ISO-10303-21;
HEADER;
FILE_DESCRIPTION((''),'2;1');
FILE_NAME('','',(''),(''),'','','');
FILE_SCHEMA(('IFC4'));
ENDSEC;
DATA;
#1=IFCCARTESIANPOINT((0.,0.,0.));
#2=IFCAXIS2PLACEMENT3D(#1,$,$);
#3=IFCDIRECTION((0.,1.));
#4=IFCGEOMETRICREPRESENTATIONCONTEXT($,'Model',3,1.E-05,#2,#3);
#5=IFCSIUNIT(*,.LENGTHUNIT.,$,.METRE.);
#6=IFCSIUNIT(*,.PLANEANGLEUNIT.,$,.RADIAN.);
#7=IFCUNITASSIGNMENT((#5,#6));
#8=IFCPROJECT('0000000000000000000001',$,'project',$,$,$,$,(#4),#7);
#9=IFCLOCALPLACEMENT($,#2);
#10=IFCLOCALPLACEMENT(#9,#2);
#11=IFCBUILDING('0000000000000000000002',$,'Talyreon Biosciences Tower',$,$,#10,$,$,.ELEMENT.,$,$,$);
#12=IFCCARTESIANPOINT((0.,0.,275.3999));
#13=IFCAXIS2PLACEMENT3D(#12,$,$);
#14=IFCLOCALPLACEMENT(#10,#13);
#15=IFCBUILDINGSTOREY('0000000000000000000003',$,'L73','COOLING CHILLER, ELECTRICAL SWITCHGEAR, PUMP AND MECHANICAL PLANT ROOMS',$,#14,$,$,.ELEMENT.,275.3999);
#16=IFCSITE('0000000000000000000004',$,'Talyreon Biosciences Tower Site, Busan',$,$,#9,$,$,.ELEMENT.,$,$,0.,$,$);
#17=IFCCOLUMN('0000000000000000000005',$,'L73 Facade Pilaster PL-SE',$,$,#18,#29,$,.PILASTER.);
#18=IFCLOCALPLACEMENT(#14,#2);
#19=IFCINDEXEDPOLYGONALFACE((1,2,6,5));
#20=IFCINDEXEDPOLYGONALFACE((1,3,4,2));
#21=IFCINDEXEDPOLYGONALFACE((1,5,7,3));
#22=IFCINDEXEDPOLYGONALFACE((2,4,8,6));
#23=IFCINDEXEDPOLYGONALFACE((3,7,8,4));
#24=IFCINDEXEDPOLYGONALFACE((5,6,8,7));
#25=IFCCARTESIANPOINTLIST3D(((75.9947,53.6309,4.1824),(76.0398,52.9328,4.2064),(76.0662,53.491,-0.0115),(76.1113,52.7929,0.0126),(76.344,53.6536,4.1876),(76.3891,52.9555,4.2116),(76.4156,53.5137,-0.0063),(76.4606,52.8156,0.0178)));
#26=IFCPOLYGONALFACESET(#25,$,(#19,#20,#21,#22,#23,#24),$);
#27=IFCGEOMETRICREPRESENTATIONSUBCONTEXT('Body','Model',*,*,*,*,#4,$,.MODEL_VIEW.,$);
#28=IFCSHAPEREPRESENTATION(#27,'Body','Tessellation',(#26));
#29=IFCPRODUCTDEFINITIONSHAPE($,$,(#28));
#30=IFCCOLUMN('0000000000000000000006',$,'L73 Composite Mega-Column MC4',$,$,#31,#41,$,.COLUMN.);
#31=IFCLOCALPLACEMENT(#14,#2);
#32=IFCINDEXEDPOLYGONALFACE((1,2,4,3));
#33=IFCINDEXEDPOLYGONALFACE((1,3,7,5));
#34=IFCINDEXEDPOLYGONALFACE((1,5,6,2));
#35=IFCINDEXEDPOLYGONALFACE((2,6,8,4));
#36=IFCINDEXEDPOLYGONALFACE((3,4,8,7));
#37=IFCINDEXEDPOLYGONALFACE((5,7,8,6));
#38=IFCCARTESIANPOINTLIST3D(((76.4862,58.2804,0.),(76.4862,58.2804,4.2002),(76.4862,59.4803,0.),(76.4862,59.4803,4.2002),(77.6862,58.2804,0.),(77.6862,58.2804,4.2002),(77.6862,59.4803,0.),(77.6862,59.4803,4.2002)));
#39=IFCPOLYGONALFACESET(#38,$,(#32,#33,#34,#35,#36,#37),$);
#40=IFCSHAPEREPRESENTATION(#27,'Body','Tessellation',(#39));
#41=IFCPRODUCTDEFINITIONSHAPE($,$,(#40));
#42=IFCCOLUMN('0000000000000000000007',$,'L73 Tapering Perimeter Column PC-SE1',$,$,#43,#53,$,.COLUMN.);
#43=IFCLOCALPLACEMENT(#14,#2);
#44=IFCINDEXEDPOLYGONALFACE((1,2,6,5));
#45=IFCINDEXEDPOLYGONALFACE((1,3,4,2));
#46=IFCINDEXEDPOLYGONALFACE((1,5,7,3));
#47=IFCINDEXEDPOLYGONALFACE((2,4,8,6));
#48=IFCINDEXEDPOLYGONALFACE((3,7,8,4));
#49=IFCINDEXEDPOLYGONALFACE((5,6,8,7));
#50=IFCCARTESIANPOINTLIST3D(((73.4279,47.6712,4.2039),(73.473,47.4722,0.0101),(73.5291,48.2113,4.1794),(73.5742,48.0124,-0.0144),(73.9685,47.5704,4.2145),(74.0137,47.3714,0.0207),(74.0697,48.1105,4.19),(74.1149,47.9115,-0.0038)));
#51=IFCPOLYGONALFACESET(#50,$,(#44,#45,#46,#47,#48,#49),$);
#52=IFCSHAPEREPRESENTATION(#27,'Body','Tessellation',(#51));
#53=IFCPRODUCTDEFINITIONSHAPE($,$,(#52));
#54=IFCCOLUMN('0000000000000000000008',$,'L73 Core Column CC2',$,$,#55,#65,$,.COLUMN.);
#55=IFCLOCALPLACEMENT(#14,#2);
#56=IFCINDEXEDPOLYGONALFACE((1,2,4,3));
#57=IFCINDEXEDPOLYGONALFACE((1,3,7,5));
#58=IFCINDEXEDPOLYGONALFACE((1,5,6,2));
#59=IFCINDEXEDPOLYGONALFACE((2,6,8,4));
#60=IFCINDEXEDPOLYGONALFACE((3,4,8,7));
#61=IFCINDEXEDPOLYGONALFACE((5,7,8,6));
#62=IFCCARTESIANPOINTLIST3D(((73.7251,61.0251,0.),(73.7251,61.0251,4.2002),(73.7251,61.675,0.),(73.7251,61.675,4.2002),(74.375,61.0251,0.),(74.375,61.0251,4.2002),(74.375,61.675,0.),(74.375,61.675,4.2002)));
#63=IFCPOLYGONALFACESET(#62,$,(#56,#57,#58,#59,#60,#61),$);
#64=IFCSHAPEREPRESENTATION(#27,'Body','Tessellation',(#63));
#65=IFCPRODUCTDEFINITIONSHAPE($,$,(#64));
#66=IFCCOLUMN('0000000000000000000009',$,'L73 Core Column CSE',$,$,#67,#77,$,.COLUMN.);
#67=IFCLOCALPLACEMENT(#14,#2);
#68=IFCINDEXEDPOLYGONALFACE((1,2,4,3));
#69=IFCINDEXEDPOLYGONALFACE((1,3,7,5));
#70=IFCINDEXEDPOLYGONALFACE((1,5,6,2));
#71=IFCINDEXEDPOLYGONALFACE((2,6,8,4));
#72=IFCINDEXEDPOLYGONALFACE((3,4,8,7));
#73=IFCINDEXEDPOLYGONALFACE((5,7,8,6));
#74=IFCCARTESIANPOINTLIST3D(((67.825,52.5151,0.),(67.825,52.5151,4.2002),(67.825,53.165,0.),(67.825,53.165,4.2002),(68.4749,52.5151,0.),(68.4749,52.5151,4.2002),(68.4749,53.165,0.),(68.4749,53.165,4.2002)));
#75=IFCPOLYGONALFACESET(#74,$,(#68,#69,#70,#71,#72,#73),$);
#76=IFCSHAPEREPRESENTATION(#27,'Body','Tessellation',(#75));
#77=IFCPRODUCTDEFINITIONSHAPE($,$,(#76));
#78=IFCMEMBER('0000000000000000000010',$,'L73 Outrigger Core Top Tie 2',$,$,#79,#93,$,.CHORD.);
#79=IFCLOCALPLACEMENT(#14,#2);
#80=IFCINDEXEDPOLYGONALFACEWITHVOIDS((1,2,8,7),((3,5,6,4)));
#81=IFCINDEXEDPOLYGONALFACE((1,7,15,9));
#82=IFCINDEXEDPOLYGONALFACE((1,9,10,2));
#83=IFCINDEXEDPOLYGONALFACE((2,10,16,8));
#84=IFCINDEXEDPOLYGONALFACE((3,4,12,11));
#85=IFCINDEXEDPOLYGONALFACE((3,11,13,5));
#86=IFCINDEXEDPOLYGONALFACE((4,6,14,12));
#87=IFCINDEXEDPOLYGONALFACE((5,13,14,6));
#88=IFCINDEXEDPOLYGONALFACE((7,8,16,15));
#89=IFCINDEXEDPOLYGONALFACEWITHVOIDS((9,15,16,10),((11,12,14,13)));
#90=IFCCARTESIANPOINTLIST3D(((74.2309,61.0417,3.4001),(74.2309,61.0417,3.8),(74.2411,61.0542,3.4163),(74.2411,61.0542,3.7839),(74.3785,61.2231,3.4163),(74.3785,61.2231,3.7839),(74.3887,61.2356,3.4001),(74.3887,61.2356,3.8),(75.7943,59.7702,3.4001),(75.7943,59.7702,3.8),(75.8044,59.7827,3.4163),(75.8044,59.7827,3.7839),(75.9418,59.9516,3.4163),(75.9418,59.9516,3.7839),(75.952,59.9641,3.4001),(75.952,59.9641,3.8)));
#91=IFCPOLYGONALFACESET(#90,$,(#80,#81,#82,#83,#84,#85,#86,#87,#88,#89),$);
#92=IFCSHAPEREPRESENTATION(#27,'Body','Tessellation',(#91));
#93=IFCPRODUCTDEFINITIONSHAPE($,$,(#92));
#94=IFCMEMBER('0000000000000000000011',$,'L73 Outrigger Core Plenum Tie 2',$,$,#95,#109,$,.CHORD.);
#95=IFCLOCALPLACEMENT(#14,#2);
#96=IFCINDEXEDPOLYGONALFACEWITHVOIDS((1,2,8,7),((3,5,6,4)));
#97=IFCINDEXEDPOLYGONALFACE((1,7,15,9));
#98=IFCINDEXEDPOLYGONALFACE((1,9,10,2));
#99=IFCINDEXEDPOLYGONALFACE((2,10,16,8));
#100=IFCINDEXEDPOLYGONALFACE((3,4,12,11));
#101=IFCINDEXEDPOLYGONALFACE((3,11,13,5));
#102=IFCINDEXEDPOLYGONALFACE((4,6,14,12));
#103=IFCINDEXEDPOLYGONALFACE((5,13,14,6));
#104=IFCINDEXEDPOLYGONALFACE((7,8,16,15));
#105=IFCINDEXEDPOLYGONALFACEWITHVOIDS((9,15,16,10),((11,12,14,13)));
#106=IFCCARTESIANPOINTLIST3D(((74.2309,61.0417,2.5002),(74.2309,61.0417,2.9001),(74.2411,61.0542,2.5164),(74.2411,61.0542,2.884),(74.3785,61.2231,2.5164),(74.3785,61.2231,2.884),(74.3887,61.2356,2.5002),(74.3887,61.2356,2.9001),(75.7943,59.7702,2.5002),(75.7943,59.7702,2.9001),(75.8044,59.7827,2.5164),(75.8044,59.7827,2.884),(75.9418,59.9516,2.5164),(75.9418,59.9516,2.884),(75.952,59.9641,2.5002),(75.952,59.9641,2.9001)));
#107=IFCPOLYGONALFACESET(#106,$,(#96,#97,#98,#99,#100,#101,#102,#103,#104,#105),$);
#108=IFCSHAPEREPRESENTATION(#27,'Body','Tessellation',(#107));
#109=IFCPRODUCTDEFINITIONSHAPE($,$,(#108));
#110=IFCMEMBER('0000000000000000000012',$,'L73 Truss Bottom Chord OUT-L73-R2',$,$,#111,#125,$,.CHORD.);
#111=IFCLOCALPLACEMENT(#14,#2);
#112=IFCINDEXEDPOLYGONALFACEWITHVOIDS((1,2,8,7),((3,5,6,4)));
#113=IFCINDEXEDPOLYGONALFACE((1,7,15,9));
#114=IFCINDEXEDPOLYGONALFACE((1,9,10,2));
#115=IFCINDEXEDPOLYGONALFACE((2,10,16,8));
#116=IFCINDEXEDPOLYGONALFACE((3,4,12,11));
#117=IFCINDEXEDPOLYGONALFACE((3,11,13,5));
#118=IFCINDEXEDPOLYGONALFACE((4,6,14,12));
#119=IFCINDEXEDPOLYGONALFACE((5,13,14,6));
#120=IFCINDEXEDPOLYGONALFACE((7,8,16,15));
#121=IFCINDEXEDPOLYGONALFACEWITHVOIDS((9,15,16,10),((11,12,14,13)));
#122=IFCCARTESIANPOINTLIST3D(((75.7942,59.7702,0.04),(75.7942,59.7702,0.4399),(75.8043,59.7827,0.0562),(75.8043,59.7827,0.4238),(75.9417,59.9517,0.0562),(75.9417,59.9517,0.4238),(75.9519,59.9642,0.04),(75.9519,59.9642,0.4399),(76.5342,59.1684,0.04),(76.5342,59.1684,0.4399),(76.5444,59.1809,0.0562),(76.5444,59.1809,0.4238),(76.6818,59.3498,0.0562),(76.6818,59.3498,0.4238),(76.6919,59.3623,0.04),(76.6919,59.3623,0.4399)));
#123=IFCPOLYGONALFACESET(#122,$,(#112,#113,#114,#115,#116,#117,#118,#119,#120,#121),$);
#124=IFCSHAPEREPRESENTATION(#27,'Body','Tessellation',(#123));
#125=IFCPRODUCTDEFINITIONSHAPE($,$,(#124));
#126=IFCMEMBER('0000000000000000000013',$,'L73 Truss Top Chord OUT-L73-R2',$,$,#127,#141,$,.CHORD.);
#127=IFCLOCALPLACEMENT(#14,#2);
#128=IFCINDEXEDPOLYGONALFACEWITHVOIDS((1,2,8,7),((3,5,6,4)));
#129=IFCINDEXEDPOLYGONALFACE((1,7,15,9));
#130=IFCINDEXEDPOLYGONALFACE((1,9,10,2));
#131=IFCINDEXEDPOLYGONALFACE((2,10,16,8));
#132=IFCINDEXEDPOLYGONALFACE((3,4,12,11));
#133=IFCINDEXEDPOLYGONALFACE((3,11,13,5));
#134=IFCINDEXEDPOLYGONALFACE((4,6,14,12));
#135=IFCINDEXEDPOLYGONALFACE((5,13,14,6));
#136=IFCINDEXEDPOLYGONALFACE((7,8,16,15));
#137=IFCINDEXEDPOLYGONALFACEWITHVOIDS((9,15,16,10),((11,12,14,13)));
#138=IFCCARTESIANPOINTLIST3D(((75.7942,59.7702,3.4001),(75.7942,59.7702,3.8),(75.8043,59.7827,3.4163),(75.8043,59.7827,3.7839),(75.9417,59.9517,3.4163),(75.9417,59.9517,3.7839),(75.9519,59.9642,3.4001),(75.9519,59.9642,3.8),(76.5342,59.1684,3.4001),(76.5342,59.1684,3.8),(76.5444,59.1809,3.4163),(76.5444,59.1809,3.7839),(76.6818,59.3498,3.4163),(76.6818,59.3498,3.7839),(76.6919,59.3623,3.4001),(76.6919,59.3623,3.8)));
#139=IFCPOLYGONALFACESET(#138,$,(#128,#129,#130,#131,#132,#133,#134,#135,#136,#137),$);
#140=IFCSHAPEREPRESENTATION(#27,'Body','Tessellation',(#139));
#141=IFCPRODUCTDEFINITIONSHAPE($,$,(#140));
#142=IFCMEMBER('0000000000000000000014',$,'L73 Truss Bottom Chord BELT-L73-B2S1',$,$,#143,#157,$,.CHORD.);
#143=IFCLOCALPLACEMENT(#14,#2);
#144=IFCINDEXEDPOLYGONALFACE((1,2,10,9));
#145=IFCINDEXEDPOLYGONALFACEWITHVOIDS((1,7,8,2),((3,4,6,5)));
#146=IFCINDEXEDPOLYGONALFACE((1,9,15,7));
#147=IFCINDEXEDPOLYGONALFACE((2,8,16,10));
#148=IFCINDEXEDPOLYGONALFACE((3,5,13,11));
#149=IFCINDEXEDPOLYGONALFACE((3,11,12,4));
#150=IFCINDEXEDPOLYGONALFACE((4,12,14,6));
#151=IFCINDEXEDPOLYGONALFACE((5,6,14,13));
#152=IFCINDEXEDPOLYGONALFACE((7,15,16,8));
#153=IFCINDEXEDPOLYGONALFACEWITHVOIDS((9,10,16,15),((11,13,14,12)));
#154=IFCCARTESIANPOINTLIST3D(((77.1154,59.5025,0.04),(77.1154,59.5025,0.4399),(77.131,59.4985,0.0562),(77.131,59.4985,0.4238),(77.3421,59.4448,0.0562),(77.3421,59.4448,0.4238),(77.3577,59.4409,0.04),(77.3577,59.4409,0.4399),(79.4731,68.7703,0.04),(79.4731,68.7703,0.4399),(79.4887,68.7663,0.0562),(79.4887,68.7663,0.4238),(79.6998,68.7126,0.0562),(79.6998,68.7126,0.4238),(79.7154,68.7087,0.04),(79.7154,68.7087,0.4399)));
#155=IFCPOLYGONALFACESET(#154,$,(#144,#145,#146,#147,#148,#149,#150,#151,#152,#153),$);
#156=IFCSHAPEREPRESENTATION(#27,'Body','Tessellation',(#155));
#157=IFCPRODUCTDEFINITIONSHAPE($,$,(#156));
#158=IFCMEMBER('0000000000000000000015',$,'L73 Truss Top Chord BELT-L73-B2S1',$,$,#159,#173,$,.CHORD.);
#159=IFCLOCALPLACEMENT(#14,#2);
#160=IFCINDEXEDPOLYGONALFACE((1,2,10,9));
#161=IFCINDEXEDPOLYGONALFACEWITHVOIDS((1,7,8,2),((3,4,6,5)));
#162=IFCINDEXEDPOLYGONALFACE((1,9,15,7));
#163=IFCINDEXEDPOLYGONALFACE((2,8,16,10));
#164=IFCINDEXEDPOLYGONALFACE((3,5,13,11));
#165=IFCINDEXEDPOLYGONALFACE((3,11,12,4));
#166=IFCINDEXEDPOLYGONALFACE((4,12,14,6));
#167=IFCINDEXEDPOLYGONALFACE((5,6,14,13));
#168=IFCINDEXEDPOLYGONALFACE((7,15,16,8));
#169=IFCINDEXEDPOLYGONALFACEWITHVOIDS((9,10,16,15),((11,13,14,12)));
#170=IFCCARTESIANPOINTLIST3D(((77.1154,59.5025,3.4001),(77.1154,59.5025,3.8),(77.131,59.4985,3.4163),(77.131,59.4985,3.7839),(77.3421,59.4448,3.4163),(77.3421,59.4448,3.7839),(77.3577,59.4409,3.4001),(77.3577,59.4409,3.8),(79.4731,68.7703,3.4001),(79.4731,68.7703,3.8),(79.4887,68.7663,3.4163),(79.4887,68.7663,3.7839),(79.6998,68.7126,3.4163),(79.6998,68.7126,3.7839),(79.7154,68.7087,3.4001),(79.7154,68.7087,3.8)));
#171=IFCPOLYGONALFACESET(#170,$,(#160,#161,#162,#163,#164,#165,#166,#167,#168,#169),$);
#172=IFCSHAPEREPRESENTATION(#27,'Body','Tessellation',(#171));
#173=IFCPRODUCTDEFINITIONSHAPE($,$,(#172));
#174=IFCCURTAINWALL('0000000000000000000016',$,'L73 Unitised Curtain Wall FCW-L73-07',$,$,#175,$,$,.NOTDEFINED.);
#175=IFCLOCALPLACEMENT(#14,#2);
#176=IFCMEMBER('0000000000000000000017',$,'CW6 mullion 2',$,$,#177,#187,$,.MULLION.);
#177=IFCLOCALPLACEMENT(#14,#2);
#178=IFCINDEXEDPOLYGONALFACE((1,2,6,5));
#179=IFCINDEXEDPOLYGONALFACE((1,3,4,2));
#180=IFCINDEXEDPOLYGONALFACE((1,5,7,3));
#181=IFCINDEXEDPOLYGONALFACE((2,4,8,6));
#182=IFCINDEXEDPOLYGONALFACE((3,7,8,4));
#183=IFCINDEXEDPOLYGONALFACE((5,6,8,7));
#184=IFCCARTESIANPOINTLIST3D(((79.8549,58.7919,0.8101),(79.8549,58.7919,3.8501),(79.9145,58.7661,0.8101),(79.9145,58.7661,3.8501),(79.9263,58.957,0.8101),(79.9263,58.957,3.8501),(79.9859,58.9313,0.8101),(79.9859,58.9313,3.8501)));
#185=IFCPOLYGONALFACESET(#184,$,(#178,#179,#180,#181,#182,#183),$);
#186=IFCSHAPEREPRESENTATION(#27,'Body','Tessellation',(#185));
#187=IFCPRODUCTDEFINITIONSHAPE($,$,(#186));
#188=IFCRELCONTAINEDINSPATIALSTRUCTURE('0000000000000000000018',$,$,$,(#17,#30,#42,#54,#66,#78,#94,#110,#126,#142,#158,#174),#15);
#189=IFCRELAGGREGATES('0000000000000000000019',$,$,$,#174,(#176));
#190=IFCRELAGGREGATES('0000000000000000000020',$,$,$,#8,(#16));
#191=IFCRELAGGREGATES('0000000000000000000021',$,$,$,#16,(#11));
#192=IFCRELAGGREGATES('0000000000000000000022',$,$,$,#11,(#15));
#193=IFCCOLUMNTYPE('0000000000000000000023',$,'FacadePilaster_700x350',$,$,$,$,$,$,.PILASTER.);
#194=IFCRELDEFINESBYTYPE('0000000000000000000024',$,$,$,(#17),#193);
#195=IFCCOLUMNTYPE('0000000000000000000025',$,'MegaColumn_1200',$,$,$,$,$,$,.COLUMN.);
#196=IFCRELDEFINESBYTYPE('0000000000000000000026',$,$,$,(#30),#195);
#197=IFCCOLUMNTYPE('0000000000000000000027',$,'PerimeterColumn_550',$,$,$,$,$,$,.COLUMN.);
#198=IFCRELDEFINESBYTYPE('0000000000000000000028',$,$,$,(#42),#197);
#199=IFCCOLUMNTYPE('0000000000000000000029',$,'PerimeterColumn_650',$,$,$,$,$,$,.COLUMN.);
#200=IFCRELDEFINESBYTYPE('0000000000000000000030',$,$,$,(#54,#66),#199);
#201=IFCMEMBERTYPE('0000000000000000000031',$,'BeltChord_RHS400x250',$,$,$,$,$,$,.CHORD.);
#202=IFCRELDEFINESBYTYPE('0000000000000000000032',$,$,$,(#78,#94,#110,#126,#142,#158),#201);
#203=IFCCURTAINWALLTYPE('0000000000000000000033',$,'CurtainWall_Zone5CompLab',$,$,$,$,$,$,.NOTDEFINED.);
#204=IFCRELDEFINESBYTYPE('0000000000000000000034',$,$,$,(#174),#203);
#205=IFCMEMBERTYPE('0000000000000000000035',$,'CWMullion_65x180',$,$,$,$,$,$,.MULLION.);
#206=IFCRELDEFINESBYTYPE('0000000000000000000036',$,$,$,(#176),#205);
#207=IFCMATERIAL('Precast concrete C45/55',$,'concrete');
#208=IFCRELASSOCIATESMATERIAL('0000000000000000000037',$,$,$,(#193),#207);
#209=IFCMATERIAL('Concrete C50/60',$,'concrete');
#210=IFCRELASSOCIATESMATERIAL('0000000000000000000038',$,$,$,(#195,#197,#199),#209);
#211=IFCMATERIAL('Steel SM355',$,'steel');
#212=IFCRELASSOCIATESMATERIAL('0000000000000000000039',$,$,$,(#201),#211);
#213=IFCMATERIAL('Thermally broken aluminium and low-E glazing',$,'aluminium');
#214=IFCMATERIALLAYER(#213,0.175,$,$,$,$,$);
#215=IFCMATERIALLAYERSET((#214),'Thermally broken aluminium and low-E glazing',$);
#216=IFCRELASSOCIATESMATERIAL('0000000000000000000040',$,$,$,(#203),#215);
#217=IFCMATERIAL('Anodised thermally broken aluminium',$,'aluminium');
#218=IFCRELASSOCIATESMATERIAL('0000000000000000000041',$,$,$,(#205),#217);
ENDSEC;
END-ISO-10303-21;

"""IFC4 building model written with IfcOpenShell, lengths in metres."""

from ifc_helpers import new_model, si_unit, direction, frame, origin, origin_2d, place, context, subcontext, project, spatial, rectangle, hollow_rectangle, extrude, material, layer, layer_set, material_profile, profile_set, type_object, element, aggregate, save


model = new_model("IFC4")

# Units and contexts
model_context = context("Model", 3, precision=1e-05, world=origin(), true_north=direction((0.0, 1.0)))
body_context = subcontext(model_context, "Body", "Model", "MODEL_VIEW")
ifc_project = project(units=[si_unit("LENGTHUNIT", "METRE"), si_unit("PLANEANGLEUNIT", "RADIAN")], contexts=[model_context])

# Site, building, storey
site_placement = place(None, origin())
site = spatial("IfcSite", under=ifc_project, at=site_placement, Name="Talyreon Biosciences Tower Site, Busan", CompositionType="ELEMENT", RefElevation=0.0)
building_placement = place(site_placement, origin())
building = spatial("IfcBuilding", under=site, at=building_placement, Name="Talyreon Biosciences Tower", CompositionType="ELEMENT")
storey_placement = place(building_placement, frame((0.0, 0.0, 275.3999)))
storey = spatial("IfcBuildingStorey", under=building, at=storey_placement, Name="L73", Description="COOLING CHILLER, ELECTRICAL SWITCHGEAR, PUMP AND MECHANICAL PLANT ROOMS", CompositionType="ELEMENT", Elevation=275.3999)

# Columns
ifc_material_1 = material(Name="Precast concrete C45/55", Category="concrete")
ifc_material_profile_1 = material_profile(ifc_material_1, rectangle(XDim=0.7, YDim=0.3501, at=origin_2d()), Name="RC 700x350")
ifc_profile_set_1 = profile_set([ifc_material_profile_1], Name="Precast concrete C45/55")
column_type_1 = type_object("IfcColumnType", Name="FacadePilaster_700x350", PredefinedType="PILASTER", material=ifc_profile_set_1)
column_1_placement = place(storey_placement, frame((76.2634, 53.1533, 0.0032), z_axis=(-0.017045, 0.033333, 0.999299), x_axis=(0.064355, -0.997335, 0.034365)))
element("IfcColumn", 1, at=column_1_placement, inside=storey, type_object=column_type_1, Name="L73 Facade Pilaster PL-SE", PredefinedType="PILASTER", context=body_context, shape_type="SweptSolid", body=[
    extrude(rectangle(XDim=0.7, YDim=0.3501, at=origin_2d()), origin(), (0.0, 0.0, 1.0), 4.1968),
])
ifc_material_2 = material(Name="Concrete C50/60", Category="concrete")
ifc_material_profile_2 = material_profile(ifc_material_2, rectangle(XDim=1.2, YDim=1.2, at=origin_2d()), Name="RC 1200x1200")
ifc_profile_set_2 = profile_set([ifc_material_profile_2], Name="Concrete C50/60")
column_type_2 = type_object("IfcColumnType", Name="MegaColumn_1200", PredefinedType="COLUMN", material=ifc_profile_set_2)
column_2_placement = place(storey_placement, frame((77.0862, 58.8804, 0.0), z_axis=(0.0, 0.0, 1.0), x_axis=(1.0, 0.0, 0.0)))
element("IfcColumn", 2, at=column_2_placement, inside=storey, type_object=column_type_2, Name="L73 Composite Mega-Column MC4", PredefinedType="COLUMN", context=body_context, shape_type="SweptSolid", body=[
    extrude(rectangle(XDim=1.2, YDim=1.2, at=origin_2d()), origin(), (0.0, 0.0, 1.0), 4.2002),
])
ifc_material_profile_3 = material_profile(ifc_material_2, rectangle(XDim=0.55, YDim=0.55, at=origin_2d()), Name="RC 550x550")
ifc_profile_set_3 = profile_set([ifc_material_profile_3], Name="Concrete C50/60")
column_type_3 = type_object("IfcColumnType", Name="PerimeterColumn_550", PredefinedType="COLUMN", material=ifc_profile_set_3)
column_3_placement = place(storey_placement, frame((73.7939, 47.6919, 0.0032), z_axis=(-0.010757, 0.047388, 0.998819), x_axis=(-0.183967, -0.98192, 0.044605)))
element("IfcColumn", 3, at=column_3_placement, inside=storey, type_object=column_type_3, Name="L73 Tapering Perimeter Column PC-SE1", PredefinedType="COLUMN", context=body_context, shape_type="SweptSolid", body=[
    extrude(rectangle(XDim=0.55, YDim=0.55, at=origin_2d()), origin(), (0.0, 0.0, 1.0), 4.1987),
])
ifc_material_profile_4 = material_profile(ifc_material_2, rectangle(XDim=0.6499, YDim=0.6499, at=origin_2d()), Name="RC 650x650")
ifc_profile_set_4 = profile_set([ifc_material_profile_4], Name="Concrete C50/60")
column_type_4 = type_object("IfcColumnType", Name="PerimeterColumn_650", PredefinedType="COLUMN", material=ifc_profile_set_4)
for number, where, z_axis, x_axis, name in (
    (4, (74.05, 61.3501, 0.0), (0.0, 0.0, 1.0), (1.0, 0.0, 0.0), "L73 Core Column CC2"),
    (5, (68.1499, 52.8401, 0.0), (0.0, 0.0, 1.0), (1.0, 0.0, 0.0), "L73 Core Column CSE"),
):
    element("IfcColumn", number, at=place(storey_placement, frame(where, z_axis=z_axis, x_axis=x_axis)), inside=storey, type_object=column_type_4, Name=name, PredefinedType="COLUMN", context=body_context, shape_type="SweptSolid", body=[
        extrude(rectangle(XDim=0.6499, YDim=0.6499, at=origin_2d()), origin(), (0.0, 0.0, 1.0), 4.2002),
    ])

# Members
ifc_material_3 = material(Name="Steel SM355", Category="steel")
ifc_material_profile_5 = material_profile(ifc_material_3, hollow_rectangle(XDim=0.25, YDim=0.3999, WallThickness=0.0161, at=origin_2d()), Name="RHS 400x250x16")
ifc_profile_set_5 = profile_set([ifc_material_profile_5], Name="Steel SM355")
member_type_1 = type_object("IfcMemberType", Name="BeltChord_RHS400x250", PredefinedType="CHORD", material=ifc_profile_set_5)
for number, where, z_axis, x_axis, name in (
    (6, (74.3098, 61.1387, 3.6001), (0.775784, -0.630998, 0.0), (0.630998, 0.775784, 0.0), "L73 Outrigger Core Top Tie 2"),
    (7, (74.3098, 61.1387, 2.7002), (0.775784, -0.630998, 0.0), (0.630998, 0.775784, 0.0), "L73 Outrigger Core Plenum Tie 2"),
):
    element("IfcMember", number, at=place(storey_placement, frame(where, z_axis=z_axis, x_axis=x_axis)), inside=storey, type_object=member_type_1, Name=name, PredefinedType="CHORD", context=body_context, shape_type="SweptSolid", body=[
        extrude(hollow_rectangle(XDim=0.25, YDim=0.3999, WallThickness=0.0161, at=origin_2d()), origin(), (0.0, 0.0, 1.0), 2.0151),
    ])
for number, where, z_axis, x_axis, name in (
    (8, (75.873, 59.8672, 0.24), (0.775824, -0.630949, 0.0), (0.630949, 0.775824, 0.0), "L73 Truss Bottom Chord OUT-L73-R2"),
    (9, (75.873, 59.8672, 3.6001), (0.775824, -0.630949, 0.0), (0.630949, 0.775824, 0.0), "L73 Truss Top Chord OUT-L73-R2"),
):
    element("IfcMember", number, at=place(storey_placement, frame(where, z_axis=z_axis, x_axis=x_axis)), inside=storey, type_object=member_type_1, Name=name, PredefinedType="CHORD", context=body_context, shape_type="SweptSolid", body=[
        extrude(hollow_rectangle(XDim=0.25, YDim=0.3999, WallThickness=0.0161, at=origin_2d()), origin(), (0.0, 0.0, 1.0), 0.9539),
    ])
for number, where, z_axis, x_axis, name in (
    (10, (77.2366, 59.4717, 0.24), (0.24654, 0.969133, 0.0), (-0.969133, 0.24654, 0.0), "L73 Truss Bottom Chord BELT-L73-B2S1"),
    (11, (77.2366, 59.4717, 3.6001), (0.24654, 0.969133, 0.0), (-0.969133, 0.24654, 0.0), "L73 Truss Top Chord BELT-L73-B2S1"),
):
    element("IfcMember", number, at=place(storey_placement, frame(where, z_axis=z_axis, x_axis=x_axis)), inside=storey, type_object=member_type_1, Name=name, PredefinedType="CHORD", context=body_context, shape_type="SweptSolid", body=[
        extrude(hollow_rectangle(XDim=0.25, YDim=0.3999, WallThickness=0.0161, at=origin_2d()), origin(), (0.0, 0.0, 1.0), 9.563),
    ])

# Curtain wall, member
ifc_material_4 = material(Name="Thermally broken aluminium and low-E glazing", Category="aluminium")
ifc_layer_1 = layer(ifc_material_4, 0.175)
ifc_layer_set_1 = layer_set([ifc_layer_1], Name="Thermally broken aluminium and low-E glazing")
curtain_wall_type = type_object("IfcCurtainWallType", Name="CurtainWall_Zone5CompLab", PredefinedType="NOTDEFINED", material=ifc_layer_set_1)
curtain_wall_placement = place(storey_placement, origin())
curtain_wall = element("IfcCurtainWall", 12, at=curtain_wall_placement, inside=storey, type_object=curtain_wall_type, Name="L73 Unitised Curtain Wall FCW-L73-07", PredefinedType="NOTDEFINED")
ifc_material_5 = material(Name="Anodised thermally broken aluminium", Category="aluminium")
ifc_material_profile_6 = material_profile(ifc_material_5, rectangle(XDim=0.0649, YDim=0.1799, at=origin_2d()), Name="ALUM MULLION 65x180")
ifc_profile_set_6 = profile_set([ifc_material_profile_6], Name="Anodised thermally broken aluminium")
member_type_2 = type_object("IfcMemberType", Name="CWMullion_65x180", PredefinedType="MULLION", material=ifc_profile_set_6)
member_1_placement = place(storey_placement, frame((79.9204, 58.8616, 0.8101), z_axis=(0.0, 0.0, 1.0), x_axis=(0.917867, -0.396889, 0.0)))
member_1 = element("IfcMember", 13, at=member_1_placement, type_object=member_type_2, Name="CW6 mullion 2", PredefinedType="MULLION", context=body_context, shape_type="SweptSolid", body=[
    extrude(rectangle(XDim=0.0649, YDim=0.1799, at=origin_2d()), origin(), (0.0, 0.0, 1.0), 3.04),
])
aggregate(curtain_wall, [member_1])

save(model, "model.ifc")
